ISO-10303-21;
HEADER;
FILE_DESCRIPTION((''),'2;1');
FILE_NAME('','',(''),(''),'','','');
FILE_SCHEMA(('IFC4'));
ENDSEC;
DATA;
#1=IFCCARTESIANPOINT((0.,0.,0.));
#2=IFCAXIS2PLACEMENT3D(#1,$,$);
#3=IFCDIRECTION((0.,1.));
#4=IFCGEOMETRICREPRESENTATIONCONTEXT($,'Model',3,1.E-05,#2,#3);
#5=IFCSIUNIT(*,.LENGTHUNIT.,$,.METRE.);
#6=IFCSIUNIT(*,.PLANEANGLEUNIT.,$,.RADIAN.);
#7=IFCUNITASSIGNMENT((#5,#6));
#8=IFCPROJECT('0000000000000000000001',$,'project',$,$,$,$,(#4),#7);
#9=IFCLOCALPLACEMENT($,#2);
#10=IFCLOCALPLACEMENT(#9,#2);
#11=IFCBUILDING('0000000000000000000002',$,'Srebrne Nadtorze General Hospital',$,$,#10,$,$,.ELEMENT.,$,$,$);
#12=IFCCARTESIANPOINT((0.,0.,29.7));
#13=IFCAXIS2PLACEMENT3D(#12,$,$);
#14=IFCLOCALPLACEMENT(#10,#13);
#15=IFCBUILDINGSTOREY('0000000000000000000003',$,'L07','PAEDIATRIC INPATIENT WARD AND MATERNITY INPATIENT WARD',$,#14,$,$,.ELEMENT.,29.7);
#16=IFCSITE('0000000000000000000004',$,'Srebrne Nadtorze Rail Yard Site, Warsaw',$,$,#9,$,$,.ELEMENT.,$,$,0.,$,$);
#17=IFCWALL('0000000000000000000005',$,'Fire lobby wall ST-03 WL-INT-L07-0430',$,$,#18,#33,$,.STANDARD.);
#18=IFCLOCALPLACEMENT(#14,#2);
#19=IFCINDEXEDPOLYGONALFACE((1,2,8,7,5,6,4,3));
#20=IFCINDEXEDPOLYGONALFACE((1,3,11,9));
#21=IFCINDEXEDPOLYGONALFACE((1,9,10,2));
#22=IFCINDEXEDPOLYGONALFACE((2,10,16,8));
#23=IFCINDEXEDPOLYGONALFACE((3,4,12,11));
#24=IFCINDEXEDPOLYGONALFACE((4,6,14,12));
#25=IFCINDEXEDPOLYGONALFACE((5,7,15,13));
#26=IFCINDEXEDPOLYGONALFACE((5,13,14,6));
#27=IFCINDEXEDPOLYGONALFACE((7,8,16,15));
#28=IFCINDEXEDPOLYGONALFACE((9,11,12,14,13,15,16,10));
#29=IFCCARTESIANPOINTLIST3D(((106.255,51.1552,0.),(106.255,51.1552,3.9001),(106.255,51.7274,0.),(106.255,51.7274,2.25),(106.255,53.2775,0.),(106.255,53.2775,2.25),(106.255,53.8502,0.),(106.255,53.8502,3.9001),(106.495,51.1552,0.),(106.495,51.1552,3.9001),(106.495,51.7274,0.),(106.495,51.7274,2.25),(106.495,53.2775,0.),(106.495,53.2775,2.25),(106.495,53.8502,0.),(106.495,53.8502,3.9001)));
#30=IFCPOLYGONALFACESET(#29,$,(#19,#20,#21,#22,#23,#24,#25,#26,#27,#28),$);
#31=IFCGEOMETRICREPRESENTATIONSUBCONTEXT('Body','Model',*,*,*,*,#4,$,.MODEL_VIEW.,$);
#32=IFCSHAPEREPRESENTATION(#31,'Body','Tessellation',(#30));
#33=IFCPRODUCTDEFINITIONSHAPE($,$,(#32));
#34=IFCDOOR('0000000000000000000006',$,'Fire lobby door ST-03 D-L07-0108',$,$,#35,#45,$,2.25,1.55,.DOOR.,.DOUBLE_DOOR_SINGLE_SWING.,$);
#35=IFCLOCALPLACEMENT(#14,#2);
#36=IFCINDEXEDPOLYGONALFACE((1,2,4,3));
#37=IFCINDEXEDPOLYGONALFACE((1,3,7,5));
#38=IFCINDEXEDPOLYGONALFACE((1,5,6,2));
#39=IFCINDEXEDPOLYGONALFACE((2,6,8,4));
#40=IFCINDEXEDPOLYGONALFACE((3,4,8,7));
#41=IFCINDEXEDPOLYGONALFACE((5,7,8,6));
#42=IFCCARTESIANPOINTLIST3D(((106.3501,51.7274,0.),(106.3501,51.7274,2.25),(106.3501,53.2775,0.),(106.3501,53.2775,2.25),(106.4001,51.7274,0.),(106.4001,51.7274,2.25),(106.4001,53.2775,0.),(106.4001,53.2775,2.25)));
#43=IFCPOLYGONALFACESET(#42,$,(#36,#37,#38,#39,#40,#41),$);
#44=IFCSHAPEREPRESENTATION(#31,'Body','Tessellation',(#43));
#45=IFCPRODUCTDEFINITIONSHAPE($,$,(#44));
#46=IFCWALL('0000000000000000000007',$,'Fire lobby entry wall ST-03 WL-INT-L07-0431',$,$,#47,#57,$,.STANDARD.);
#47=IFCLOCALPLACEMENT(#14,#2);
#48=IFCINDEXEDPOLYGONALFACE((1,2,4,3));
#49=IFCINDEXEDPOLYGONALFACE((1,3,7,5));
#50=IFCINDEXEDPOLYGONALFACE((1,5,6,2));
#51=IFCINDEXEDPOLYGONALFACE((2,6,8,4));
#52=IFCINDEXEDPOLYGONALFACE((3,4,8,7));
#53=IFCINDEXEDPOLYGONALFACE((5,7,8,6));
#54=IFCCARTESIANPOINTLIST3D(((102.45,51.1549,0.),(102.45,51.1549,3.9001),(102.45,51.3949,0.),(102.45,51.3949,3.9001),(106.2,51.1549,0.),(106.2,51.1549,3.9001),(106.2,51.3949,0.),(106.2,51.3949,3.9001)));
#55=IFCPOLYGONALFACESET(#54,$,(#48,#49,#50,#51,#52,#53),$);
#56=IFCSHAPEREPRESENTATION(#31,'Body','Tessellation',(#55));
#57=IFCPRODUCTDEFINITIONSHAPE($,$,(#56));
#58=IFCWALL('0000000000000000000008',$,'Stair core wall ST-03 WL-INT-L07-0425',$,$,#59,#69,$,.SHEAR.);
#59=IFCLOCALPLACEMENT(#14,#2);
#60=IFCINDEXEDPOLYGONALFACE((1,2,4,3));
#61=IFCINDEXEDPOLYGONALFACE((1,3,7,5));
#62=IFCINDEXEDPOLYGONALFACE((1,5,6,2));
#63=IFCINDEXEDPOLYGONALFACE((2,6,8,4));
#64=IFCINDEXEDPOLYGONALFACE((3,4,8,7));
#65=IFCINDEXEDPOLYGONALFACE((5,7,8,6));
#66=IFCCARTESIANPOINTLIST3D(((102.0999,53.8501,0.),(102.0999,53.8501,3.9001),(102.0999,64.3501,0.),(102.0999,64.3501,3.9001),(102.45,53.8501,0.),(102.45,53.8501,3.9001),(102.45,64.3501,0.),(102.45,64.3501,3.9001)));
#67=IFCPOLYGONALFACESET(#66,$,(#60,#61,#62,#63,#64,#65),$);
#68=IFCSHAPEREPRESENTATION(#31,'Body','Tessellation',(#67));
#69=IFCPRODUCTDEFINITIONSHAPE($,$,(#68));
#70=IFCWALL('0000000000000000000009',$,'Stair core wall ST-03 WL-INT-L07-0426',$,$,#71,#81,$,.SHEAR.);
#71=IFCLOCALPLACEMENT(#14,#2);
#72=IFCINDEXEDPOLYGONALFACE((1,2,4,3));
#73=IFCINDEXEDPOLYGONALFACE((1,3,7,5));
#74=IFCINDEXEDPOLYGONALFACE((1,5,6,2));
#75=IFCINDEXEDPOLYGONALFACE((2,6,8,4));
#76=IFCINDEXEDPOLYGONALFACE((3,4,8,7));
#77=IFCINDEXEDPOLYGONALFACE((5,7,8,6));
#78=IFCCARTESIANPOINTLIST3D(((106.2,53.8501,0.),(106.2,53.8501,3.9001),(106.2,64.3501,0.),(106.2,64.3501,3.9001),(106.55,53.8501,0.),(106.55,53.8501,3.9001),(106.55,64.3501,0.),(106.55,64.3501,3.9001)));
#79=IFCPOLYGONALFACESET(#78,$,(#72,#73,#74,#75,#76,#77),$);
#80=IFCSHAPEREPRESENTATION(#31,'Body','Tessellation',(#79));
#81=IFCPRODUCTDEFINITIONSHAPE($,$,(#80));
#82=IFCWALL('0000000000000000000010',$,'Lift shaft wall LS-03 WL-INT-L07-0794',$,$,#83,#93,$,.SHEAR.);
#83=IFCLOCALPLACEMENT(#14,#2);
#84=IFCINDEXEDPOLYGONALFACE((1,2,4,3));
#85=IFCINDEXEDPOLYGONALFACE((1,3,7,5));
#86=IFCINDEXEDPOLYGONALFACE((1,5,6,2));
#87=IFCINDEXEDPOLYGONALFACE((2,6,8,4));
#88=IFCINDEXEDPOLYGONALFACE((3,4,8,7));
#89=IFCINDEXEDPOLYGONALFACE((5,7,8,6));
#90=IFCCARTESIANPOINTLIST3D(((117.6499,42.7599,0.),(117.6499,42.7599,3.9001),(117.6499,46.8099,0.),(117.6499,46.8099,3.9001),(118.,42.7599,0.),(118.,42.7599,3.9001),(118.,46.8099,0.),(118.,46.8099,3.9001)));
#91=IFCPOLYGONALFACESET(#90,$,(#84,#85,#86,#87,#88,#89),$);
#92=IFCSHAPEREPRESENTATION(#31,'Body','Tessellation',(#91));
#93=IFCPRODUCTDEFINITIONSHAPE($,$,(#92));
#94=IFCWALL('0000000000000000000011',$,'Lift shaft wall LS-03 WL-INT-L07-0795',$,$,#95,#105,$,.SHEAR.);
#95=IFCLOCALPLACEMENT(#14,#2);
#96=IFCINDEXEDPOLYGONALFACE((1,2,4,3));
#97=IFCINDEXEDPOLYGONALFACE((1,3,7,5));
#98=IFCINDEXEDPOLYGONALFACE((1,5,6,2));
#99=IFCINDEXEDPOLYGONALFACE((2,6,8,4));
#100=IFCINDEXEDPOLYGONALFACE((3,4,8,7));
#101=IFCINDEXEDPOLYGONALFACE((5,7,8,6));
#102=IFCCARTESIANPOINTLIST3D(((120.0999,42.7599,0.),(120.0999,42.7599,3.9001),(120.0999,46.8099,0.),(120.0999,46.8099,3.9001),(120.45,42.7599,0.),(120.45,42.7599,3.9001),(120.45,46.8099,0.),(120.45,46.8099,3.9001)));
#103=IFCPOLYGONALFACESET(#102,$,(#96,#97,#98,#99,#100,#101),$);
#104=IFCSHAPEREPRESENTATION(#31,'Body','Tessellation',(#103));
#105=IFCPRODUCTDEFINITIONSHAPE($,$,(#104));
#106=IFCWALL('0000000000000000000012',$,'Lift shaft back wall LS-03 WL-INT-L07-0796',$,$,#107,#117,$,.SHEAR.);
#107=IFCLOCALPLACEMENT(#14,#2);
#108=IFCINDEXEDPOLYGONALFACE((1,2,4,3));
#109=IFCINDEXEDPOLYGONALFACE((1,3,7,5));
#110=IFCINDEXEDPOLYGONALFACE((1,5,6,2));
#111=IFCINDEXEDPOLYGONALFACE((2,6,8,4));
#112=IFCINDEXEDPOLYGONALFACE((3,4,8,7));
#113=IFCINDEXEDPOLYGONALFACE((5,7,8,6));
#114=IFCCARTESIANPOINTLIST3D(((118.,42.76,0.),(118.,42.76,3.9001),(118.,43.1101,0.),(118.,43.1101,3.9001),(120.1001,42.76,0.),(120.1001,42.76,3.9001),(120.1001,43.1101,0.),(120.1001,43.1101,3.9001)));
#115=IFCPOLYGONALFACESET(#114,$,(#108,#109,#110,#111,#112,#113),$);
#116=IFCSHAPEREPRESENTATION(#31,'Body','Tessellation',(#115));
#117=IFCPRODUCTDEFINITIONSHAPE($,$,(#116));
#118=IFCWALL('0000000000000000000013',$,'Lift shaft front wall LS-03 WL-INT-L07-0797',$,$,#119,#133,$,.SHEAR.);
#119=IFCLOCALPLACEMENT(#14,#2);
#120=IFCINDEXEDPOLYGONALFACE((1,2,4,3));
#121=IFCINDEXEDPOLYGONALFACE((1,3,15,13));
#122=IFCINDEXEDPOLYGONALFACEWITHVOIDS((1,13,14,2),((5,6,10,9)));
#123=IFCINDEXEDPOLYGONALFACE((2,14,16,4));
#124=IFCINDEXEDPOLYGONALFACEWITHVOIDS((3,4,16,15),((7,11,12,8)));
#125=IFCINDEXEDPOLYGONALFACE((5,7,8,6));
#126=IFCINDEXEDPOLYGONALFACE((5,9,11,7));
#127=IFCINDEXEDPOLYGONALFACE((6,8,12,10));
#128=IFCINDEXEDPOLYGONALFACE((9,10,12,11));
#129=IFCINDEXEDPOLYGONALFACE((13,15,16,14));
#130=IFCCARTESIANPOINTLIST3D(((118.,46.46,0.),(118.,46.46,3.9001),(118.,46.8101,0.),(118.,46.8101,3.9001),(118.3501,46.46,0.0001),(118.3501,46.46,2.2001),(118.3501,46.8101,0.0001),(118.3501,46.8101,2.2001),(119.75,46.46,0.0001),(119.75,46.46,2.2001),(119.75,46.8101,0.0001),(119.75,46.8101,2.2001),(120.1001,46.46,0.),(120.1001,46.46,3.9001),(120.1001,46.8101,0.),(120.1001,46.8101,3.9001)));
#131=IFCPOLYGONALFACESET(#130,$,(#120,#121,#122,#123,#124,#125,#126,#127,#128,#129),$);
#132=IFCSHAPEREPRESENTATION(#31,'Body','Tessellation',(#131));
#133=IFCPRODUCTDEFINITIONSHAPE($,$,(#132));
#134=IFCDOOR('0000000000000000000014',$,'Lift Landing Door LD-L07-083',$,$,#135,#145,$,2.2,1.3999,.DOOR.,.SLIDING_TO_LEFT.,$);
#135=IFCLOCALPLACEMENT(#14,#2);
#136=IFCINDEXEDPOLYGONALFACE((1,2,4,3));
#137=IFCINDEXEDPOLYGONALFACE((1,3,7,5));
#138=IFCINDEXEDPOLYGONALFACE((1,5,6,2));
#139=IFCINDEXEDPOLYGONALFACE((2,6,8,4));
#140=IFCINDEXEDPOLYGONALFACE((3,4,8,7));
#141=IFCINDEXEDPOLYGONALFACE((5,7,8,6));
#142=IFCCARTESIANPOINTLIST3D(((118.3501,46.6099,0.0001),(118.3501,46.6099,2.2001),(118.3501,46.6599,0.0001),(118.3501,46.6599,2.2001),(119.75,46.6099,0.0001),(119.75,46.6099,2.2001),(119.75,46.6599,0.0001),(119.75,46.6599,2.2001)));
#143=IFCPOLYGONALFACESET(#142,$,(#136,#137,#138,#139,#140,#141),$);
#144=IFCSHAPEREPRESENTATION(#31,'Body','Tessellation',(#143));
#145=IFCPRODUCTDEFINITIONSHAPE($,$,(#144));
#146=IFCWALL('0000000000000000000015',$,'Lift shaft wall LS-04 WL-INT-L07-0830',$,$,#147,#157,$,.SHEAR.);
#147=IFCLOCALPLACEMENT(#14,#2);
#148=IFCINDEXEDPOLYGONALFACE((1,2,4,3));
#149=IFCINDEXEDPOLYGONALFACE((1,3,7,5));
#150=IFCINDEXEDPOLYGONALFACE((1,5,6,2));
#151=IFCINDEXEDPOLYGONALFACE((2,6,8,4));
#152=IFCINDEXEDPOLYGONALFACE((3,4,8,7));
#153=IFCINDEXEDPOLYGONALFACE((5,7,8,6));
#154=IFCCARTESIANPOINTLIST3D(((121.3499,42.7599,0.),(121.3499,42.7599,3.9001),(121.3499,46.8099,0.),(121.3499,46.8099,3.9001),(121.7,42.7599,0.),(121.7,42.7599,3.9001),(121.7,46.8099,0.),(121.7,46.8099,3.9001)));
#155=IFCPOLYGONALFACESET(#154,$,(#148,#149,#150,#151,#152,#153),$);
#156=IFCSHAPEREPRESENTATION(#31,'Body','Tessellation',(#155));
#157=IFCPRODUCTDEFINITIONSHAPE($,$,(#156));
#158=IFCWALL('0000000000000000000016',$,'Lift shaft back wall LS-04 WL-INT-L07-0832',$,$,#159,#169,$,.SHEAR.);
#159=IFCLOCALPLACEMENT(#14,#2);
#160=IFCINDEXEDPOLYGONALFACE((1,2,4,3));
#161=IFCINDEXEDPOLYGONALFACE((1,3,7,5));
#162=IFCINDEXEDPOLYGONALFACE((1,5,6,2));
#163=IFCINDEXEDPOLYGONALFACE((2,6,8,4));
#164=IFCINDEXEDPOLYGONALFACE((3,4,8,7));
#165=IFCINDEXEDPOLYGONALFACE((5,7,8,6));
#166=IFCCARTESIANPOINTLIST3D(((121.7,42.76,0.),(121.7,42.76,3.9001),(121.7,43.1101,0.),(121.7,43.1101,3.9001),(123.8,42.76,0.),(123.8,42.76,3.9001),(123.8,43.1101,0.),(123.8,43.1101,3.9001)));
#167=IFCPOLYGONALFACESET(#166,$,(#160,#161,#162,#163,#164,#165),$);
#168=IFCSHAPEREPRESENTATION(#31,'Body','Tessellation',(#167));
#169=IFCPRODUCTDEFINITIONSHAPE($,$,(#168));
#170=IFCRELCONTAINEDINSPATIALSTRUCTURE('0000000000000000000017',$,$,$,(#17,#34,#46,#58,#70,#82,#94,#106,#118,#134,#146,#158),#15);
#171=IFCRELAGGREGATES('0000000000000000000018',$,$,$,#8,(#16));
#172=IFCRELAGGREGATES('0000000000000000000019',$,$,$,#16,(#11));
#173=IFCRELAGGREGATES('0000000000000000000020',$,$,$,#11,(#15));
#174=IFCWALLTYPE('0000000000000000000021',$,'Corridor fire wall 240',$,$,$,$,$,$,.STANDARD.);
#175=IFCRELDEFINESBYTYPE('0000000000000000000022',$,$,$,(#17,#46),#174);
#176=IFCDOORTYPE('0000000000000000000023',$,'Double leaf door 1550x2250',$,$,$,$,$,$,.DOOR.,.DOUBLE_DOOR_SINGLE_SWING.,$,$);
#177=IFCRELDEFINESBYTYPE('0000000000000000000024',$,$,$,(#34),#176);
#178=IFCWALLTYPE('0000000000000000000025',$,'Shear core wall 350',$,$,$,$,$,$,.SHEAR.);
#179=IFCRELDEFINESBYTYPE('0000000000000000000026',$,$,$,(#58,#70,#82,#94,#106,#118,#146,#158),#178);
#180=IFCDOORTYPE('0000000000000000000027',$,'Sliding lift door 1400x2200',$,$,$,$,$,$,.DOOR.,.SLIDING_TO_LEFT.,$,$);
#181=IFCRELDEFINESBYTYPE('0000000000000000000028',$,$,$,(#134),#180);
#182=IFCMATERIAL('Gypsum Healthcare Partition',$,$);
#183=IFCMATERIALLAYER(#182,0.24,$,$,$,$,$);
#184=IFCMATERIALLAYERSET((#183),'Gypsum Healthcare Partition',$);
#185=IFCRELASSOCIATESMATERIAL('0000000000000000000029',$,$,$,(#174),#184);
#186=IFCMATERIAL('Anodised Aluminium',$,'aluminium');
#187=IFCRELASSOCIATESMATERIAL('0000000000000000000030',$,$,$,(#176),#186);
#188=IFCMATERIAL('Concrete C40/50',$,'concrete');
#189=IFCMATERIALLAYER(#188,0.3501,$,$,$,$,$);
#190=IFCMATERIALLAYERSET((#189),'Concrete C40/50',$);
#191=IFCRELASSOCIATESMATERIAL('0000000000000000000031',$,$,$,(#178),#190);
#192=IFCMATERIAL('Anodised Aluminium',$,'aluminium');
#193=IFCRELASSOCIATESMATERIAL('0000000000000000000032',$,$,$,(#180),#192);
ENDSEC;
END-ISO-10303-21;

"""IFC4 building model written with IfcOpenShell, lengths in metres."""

from ifc_helpers import new_model, si_unit, direction, frame, frame_2d, origin, place, context, subcontext, project, spatial, rectangle, extrude, material, layer, layer_set, type_object, element, fill, save


model = new_model("IFC4")

# Units and contexts
model_context = context("Model", 3, precision=1e-05, world=origin(), true_north=direction((0.0, 1.0)))
body_context = subcontext(model_context, "Body", "Model", "MODEL_VIEW")
ifc_project = project(units=[si_unit("LENGTHUNIT", "METRE"), si_unit("PLANEANGLEUNIT", "RADIAN")], contexts=[model_context])

# Site, building, storey
site_placement = place(None, origin())
site = spatial("IfcSite", under=ifc_project, at=site_placement, Name="Srebrne Nadtorze Rail Yard Site, Warsaw", CompositionType="ELEMENT", RefElevation=0.0)
building_placement = place(site_placement, origin())
building = spatial("IfcBuilding", under=site, at=building_placement, Name="Srebrne Nadtorze General Hospital", CompositionType="ELEMENT")
storey_placement = place(building_placement, frame((0.0, 0.0, 29.7)))
storey = spatial("IfcBuildingStorey", under=building, at=storey_placement, Name="L07", Description="PAEDIATRIC INPATIENT WARD AND MATERNITY INPATIENT WARD", CompositionType="ELEMENT", Elevation=29.7)

# Shared definitions
ifc_material_1 = material(Name="Gypsum Healthcare Partition")
ifc_layer_1 = layer(ifc_material_1, 0.24)
ifc_layer_set_1 = layer_set([ifc_layer_1], Name="Gypsum Healthcare Partition")
wall_type_1 = type_object("IfcWallType", Name="Corridor fire wall 240", PredefinedType="STANDARD", material=ifc_layer_set_1)

# Wall, opening, door
wall_1_placement = place(storey_placement, frame((106.375, 51.155, 0.0), z_axis=(0.0, 0.0, 1.0), x_axis=(0.0, 1.0, 0.0)))
wall_1 = element("IfcWall", 1, at=wall_1_placement, inside=storey, type_object=wall_type_1, Name="Fire lobby wall ST-03 WL-INT-L07-0430", PredefinedType="STANDARD", context=body_context, shape_type="SweptSolid", body=[
    extrude(rectangle(XDim=2.6951, YDim=0.24, at=frame_2d((1.3477, 0.0))), origin(), (0.0, 0.0, 1.0), 3.9001),
])
opening_1_placement = place(wall_1_placement, frame((0.5725, 0.0, 0.0)))
opening_1 = element("IfcOpeningElement", 2, at=opening_1_placement, cuts=wall_1, PredefinedType="OPENING", context=body_context, shape_type="SweptSolid", body=[
    extrude(rectangle(XDim=1.55, YDim=2.25, at=frame_2d((0.7749, 1.125))), frame((0.0, 0.1318, 0.0), z_axis=(0.0, -1.0, 0.0), x_axis=(1.0, 0.0, 0.0)), (0.0, 0.0, 1.0), 0.2639),
])
ifc_material_2 = material(Name="Anodised Aluminium", Category="aluminium")
door_type_1 = type_object("IfcDoorType", Name="Double leaf door 1550x2250", OperationType="DOUBLE_DOOR_SINGLE_SWING", PredefinedType="DOOR", material=ifc_material_2)
door_1_placement = place(opening_1_placement, origin())
door_1 = element("IfcDoor", 3, at=door_1_placement, inside=storey, type_object=door_type_1, Name="Fire lobby door ST-03 D-L07-0108", OperationType="DOUBLE_DOOR_SINGLE_SWING", OverallHeight=2.25, OverallWidth=1.55, PredefinedType="DOOR", context=body_context, shape_type="SweptSolid", body=[
    extrude(rectangle(XDim=1.55, YDim=2.25, at=frame_2d((0.7749, 1.125))), frame((0.0, 0.0249, 0.0), z_axis=(0.0, -1.0, 0.0), x_axis=(1.0, 0.0, 0.0)), (0.0, 0.0, 1.0), 0.05),
])
fill(opening_1, door_1)

# Walls
wall_2_placement = place(storey_placement, frame((102.45, 51.2749, 0.0), z_axis=(0.0, 0.0, 1.0), x_axis=(1.0, 0.0, 0.0)))
element("IfcWall", 4, at=wall_2_placement, inside=storey, type_object=wall_type_1, Name="Fire lobby entry wall ST-03 WL-INT-L07-0431", PredefinedType="STANDARD", context=body_context, shape_type="SweptSolid", body=[
    extrude(rectangle(XDim=3.75, YDim=0.24, at=frame_2d((1.875, 0.0))), origin(), (0.0, 0.0, 1.0), 3.9001),
])
ifc_material_3 = material(Name="Concrete C40/50", Category="concrete")
ifc_layer_2 = layer(ifc_material_3, 0.3501)
ifc_layer_set_2 = layer_set([ifc_layer_2], Name="Concrete C40/50")
wall_type_2 = type_object("IfcWallType", Name="Shear core wall 350", PredefinedType="SHEAR", material=ifc_layer_set_2)
for number, where, z_axis, x_axis, name in (
    (5, (102.2749, 53.8501, 0.0), (0.0, 0.0, 1.0), (0.0, 1.0, 0.0), "Stair core wall ST-03 WL-INT-L07-0425"),
    (6, (106.375, 53.8501, 0.0), (0.0, 0.0, 1.0), (0.0, 1.0, 0.0), "Stair core wall ST-03 WL-INT-L07-0426"),
):
    element("IfcWall", number, at=place(storey_placement, frame(where, z_axis=z_axis, x_axis=x_axis)), inside=storey, type_object=wall_type_2, Name=name, PredefinedType="SHEAR", context=body_context, shape_type="SweptSolid", body=[
        extrude(rectangle(XDim=10.5, YDim=0.3501, at=frame_2d((5.25, 0.0))), origin(), (0.0, 0.0, 1.0), 3.9001),
    ])
for number, where, z_axis, x_axis, name in (
    (7, (117.825, 42.76, 0.0), (0.0, 0.0, 1.0), (0.0, 1.0, 0.0), "Lift shaft wall LS-03 WL-INT-L07-0794"),
    (8, (120.2749, 42.76, 0.0), (0.0, 0.0, 1.0), (0.0, 1.0, 0.0), "Lift shaft wall LS-03 WL-INT-L07-0795"),
):
    element("IfcWall", number, at=place(storey_placement, frame(where, z_axis=z_axis, x_axis=x_axis)), inside=storey, type_object=wall_type_2, Name=name, PredefinedType="SHEAR", context=body_context, shape_type="SweptSolid", body=[
        extrude(rectangle(XDim=4.05, YDim=0.3501, at=frame_2d((2.0249, 0.0))), origin(), (0.0, 0.0, 1.0), 3.9001),
    ])
wall_3_placement = place(storey_placement, frame((118.0, 42.9351, 0.0), z_axis=(0.0, 0.0, 1.0), x_axis=(1.0, 0.0, 0.0)))
element("IfcWall", 9, at=wall_3_placement, inside=storey, type_object=wall_type_2, Name="Lift shaft back wall LS-03 WL-INT-L07-0796", PredefinedType="SHEAR", context=body_context, shape_type="SweptSolid", body=[
    extrude(rectangle(XDim=2.1001, YDim=0.3501, at=frame_2d((1.05, 0.0))), origin(), (0.0, 0.0, 1.0), 3.9001),
])

# Wall, opening, door
wall_4_placement = place(storey_placement, frame((118.0, 46.635, 0.0), z_axis=(0.0, 0.0, 1.0), x_axis=(1.0, 0.0, 0.0)))
wall_4 = element("IfcWall", 10, at=wall_4_placement, inside=storey, type_object=wall_type_2, Name="Lift shaft front wall LS-03 WL-INT-L07-0797", PredefinedType="SHEAR", context=body_context, shape_type="SweptSolid", body=[
    extrude(rectangle(XDim=2.1001, YDim=0.3501, at=frame_2d((1.05, 0.0))), origin(), (0.0, 0.0, 1.0), 3.9001),
])
opening_2_placement = place(wall_4_placement, frame((0.3501, 0.0, 0.0)))
opening_2 = element("IfcOpeningElement", 11, at=opening_2_placement, cuts=wall_4, PredefinedType="OPENING", context=body_context, shape_type="SweptSolid", body=[
    extrude(rectangle(XDim=1.3999, YDim=2.2, at=frame_2d((0.7, 1.1001))), frame((0.0, 0.187, 0.0), z_axis=(0.0, -1.0, 0.0), x_axis=(1.0, 0.0, 0.0)), (0.0, 0.0, 1.0), 0.374),
])
ifc_material_4 = material(Name="Anodised Aluminium", Category="aluminium")
door_type_2 = type_object("IfcDoorType", Name="Sliding lift door 1400x2200", OperationType="SLIDING_TO_LEFT", PredefinedType="DOOR", material=ifc_material_4)
door_2_placement = place(opening_2_placement, origin())
door_2 = element("IfcDoor", 12, at=door_2_placement, inside=storey, type_object=door_type_2, Name="Lift Landing Door LD-L07-083", OperationType="SLIDING_TO_LEFT", OverallHeight=2.2, OverallWidth=1.3999, PredefinedType="DOOR", context=body_context, shape_type="SweptSolid", body=[
    extrude(rectangle(XDim=1.3999, YDim=2.2, at=frame_2d((0.7, 1.1001))), frame((0.0, 0.0249, 0.0), z_axis=(0.0, -1.0, 0.0), x_axis=(1.0, 0.0, 0.0)), (0.0, 0.0, 1.0), 0.05),
])
fill(opening_2, door_2)

# Walls
wall_5_placement = place(storey_placement, frame((121.5249, 42.76, 0.0), z_axis=(0.0, 0.0, 1.0), x_axis=(0.0, 1.0, 0.0)))
element("IfcWall", 13, at=wall_5_placement, inside=storey, type_object=wall_type_2, Name="Lift shaft wall LS-04 WL-INT-L07-0830", PredefinedType="SHEAR", context=body_context, shape_type="SweptSolid", body=[
    extrude(rectangle(XDim=4.05, YDim=0.3501, at=frame_2d((2.0249, 0.0))), origin(), (0.0, 0.0, 1.0), 3.9001),
])
wall_6_placement = place(storey_placement, frame((121.7, 42.9351, 0.0), z_axis=(0.0, 0.0, 1.0), x_axis=(1.0, 0.0, 0.0)))
element("IfcWall", 14, at=wall_6_placement, inside=storey, type_object=wall_type_2, Name="Lift shaft back wall LS-04 WL-INT-L07-0832", PredefinedType="SHEAR", context=body_context, shape_type="SweptSolid", body=[
    extrude(rectangle(XDim=2.1001, YDim=0.3501, at=frame_2d((1.05, 0.0))), origin(), (0.0, 0.0, 1.0), 3.9001),
])

save(model, "model.ifc")
